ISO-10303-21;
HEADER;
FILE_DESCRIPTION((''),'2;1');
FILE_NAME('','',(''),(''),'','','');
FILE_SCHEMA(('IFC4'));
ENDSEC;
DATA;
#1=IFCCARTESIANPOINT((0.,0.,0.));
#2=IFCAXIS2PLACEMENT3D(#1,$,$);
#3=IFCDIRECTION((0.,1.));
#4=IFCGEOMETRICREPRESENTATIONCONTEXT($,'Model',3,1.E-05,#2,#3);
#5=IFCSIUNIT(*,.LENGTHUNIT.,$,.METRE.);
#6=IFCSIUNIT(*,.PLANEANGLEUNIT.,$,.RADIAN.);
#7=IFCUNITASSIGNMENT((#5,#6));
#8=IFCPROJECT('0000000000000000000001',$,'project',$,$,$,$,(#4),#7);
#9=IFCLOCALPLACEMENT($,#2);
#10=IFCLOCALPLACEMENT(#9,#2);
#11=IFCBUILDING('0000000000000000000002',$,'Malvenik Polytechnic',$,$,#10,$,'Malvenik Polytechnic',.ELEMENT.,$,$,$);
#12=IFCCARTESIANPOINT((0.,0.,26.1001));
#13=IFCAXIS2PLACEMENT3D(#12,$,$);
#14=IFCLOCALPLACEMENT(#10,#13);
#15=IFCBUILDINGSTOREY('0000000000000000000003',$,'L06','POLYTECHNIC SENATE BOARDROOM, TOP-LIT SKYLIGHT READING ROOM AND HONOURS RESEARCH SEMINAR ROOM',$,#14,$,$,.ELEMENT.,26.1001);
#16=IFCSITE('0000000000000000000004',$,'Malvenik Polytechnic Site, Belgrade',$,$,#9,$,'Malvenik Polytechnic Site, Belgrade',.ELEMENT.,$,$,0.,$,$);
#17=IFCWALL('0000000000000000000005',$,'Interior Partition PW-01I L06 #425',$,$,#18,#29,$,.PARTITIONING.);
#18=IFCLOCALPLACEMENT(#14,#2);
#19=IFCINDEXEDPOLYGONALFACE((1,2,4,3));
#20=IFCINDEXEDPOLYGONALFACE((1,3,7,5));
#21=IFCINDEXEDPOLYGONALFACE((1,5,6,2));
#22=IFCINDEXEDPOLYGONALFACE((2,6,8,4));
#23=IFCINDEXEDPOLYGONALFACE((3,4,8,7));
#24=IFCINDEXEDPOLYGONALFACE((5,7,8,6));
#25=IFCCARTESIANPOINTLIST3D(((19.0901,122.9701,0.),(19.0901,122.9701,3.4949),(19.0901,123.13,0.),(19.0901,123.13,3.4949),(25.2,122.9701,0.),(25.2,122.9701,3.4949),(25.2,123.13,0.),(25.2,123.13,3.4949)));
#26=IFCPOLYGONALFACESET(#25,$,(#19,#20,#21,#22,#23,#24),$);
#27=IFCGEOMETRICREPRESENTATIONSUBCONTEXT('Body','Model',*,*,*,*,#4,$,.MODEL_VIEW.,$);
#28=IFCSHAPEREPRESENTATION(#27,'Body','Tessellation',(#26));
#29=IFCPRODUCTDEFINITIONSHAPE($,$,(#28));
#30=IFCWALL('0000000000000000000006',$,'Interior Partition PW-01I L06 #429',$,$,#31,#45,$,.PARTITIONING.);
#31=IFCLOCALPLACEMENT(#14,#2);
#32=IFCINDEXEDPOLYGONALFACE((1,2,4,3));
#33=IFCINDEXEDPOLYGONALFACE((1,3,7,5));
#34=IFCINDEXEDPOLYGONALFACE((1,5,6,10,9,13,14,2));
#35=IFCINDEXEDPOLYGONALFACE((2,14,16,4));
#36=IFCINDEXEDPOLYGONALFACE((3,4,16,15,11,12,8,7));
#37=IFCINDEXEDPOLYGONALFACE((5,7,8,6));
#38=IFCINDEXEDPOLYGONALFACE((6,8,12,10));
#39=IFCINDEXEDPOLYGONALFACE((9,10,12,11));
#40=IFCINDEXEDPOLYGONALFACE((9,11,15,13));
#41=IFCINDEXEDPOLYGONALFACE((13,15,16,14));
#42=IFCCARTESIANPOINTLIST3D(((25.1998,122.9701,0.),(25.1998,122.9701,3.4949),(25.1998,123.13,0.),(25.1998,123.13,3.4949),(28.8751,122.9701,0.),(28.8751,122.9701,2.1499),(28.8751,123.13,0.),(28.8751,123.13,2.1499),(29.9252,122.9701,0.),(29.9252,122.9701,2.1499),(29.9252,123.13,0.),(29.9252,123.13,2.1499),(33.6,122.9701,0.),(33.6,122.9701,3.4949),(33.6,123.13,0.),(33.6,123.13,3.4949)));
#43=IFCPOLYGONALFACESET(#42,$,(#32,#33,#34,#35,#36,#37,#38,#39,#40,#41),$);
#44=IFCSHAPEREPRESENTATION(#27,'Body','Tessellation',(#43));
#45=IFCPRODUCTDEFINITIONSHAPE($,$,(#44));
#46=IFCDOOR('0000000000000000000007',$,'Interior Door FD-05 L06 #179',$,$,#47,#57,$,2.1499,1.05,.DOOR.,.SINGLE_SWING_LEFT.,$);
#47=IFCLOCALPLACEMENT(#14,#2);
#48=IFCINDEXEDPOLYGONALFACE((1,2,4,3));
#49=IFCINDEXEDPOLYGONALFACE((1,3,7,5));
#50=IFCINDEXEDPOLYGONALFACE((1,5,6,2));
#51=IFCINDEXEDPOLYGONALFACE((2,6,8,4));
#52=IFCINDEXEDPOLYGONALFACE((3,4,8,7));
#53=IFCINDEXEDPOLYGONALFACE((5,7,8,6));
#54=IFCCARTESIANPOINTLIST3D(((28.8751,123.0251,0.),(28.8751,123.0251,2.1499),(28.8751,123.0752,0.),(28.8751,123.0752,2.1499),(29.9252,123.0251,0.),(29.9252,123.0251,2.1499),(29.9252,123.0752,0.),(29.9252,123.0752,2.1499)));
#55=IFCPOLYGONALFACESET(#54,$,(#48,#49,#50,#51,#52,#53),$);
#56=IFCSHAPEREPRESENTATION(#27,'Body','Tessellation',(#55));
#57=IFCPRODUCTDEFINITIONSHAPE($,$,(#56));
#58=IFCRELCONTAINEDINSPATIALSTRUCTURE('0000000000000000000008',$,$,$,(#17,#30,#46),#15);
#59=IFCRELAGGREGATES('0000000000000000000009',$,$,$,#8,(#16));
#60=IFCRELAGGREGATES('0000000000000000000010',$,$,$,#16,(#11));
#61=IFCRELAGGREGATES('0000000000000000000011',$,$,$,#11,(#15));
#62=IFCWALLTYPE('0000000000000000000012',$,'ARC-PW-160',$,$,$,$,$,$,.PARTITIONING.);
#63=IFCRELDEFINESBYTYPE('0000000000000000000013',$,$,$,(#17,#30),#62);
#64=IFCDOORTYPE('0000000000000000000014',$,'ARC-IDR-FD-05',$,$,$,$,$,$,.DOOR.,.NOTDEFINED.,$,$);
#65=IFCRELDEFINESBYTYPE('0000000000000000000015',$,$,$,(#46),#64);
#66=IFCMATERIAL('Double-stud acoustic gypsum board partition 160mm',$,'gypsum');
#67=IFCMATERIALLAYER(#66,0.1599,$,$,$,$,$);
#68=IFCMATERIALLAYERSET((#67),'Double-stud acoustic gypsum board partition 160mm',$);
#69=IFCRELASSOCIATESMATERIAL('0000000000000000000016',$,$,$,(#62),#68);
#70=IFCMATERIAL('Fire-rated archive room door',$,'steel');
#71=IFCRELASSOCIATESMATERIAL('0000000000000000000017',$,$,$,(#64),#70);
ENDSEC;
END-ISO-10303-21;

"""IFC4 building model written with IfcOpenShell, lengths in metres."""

from ifc_helpers import new_model, si_unit, direction, frame, frame_2d, origin, place, context, subcontext, project, spatial, rectangle, extrude, material, layer, layer_set, type_object, element, fill, save


model = new_model("IFC4")

# Units and contexts
model_context = context("Model", 3, precision=1e-05, world=origin(), true_north=direction((0.0, 1.0)))
body_context = subcontext(model_context, "Body", "Model", "MODEL_VIEW")
ifc_project = project(units=[si_unit("LENGTHUNIT", "METRE"), si_unit("PLANEANGLEUNIT", "RADIAN")], contexts=[model_context])

# Site, building, storey
site_placement = place(None, origin())
site = spatial("IfcSite", under=ifc_project, at=site_placement, Name="Malvenik Polytechnic Site, Belgrade", LongName="Malvenik Polytechnic Site, Belgrade", CompositionType="ELEMENT", RefElevation=0.0)
building_placement = place(site_placement, origin())
building = spatial("IfcBuilding", under=site, at=building_placement, Name="Malvenik Polytechnic", LongName="Malvenik Polytechnic", CompositionType="ELEMENT")
storey_placement = place(building_placement, frame((0.0, 0.0, 26.1001)))
storey = spatial("IfcBuildingStorey", under=building, at=storey_placement, Name="L06", Description="POLYTECHNIC SENATE BOARDROOM, TOP-LIT SKYLIGHT READING ROOM AND HONOURS RESEARCH SEMINAR ROOM", CompositionType="ELEMENT", Elevation=26.1001)

# Shared definitions
ifc_material_1 = material(Name="Double-stud acoustic gypsum board partition 160mm", Category="gypsum")
ifc_layer_1 = layer(ifc_material_1, 0.1599)
ifc_layer_set_1 = layer_set([ifc_layer_1], Name="Double-stud acoustic gypsum board partition 160mm")
wall_type_1 = type_object("IfcWallType", Name="ARC-PW-160", PredefinedType="PARTITIONING", material=ifc_layer_set_1)

# Wall
wall_1_placement = place(storey_placement, frame((25.2, 123.05, 0.0), z_axis=(0.0, 0.0, 1.0), x_axis=(-1.0, 0.0, 0.0)))
element("IfcWall", 1, at=wall_1_placement, inside=storey, type_object=wall_type_1, Name="Interior Partition PW-01I L06 #425", PredefinedType="PARTITIONING", context=body_context, shape_type="SweptSolid", body=[
    extrude(rectangle(XDim=6.1099, YDim=0.1599, at=frame_2d((3.0549, 0.0))), origin(), (0.0, 0.0, 1.0), 3.4949),
])

# Wall, opening, door
wall_2_placement = place(storey_placement, frame((33.6001, 123.05, 0.0), z_axis=(0.0, 0.0, 1.0), x_axis=(-1.0, 0.0, 0.0)))
wall_2 = element("IfcWall", 2, at=wall_2_placement, inside=storey, type_object=wall_type_1, Name="Interior Partition PW-01I L06 #429", PredefinedType="PARTITIONING", context=body_context, shape_type="SweptSolid", body=[
    extrude(rectangle(XDim=8.4001, YDim=0.1599, at=frame_2d((4.2002, 0.0))), origin(), (0.0, 0.0, 1.0), 3.4949),
])
opening_1_placement = place(wall_2_placement, frame((3.675, 0.0, 0.0)))
opening_1 = element("IfcOpeningElement", 3, at=opening_1_placement, cuts=wall_2, PredefinedType="OPENING", context=body_context, shape_type="SweptSolid", body=[
    extrude(rectangle(XDim=1.05, YDim=2.1499, at=frame_2d((0.5249, 1.075))), frame((0.0, 0.0898, 0.0), z_axis=(0.0, -1.0, 0.0), x_axis=(1.0, 0.0, 0.0)), (0.0, 0.0, 1.0), 0.1799),
])
ifc_material_2 = material(Name="Fire-rated archive room door", Category="steel")
door_type_1 = type_object("IfcDoorType", Name="ARC-IDR-FD-05", OperationType="NOTDEFINED", PredefinedType="DOOR", material=ifc_material_2)
door_1_placement = place(opening_1_placement, origin())
door_1 = element("IfcDoor", 4, at=door_1_placement, inside=storey, type_object=door_type_1, Name="Interior Door FD-05 L06 #179", OperationType="SINGLE_SWING_LEFT", OverallHeight=2.1499, OverallWidth=1.05, PredefinedType="DOOR", context=body_context, shape_type="SweptSolid", body=[
    extrude(rectangle(XDim=1.05, YDim=2.1499, at=frame_2d((0.5249, 1.075))), frame((0.0, 0.0249, 0.0), z_axis=(0.0, -1.0, 0.0), x_axis=(1.0, 0.0, 0.0)), (0.0, 0.0, 1.0), 0.05),
])
fill(opening_1, door_1)

save(model, "model.ifc")
